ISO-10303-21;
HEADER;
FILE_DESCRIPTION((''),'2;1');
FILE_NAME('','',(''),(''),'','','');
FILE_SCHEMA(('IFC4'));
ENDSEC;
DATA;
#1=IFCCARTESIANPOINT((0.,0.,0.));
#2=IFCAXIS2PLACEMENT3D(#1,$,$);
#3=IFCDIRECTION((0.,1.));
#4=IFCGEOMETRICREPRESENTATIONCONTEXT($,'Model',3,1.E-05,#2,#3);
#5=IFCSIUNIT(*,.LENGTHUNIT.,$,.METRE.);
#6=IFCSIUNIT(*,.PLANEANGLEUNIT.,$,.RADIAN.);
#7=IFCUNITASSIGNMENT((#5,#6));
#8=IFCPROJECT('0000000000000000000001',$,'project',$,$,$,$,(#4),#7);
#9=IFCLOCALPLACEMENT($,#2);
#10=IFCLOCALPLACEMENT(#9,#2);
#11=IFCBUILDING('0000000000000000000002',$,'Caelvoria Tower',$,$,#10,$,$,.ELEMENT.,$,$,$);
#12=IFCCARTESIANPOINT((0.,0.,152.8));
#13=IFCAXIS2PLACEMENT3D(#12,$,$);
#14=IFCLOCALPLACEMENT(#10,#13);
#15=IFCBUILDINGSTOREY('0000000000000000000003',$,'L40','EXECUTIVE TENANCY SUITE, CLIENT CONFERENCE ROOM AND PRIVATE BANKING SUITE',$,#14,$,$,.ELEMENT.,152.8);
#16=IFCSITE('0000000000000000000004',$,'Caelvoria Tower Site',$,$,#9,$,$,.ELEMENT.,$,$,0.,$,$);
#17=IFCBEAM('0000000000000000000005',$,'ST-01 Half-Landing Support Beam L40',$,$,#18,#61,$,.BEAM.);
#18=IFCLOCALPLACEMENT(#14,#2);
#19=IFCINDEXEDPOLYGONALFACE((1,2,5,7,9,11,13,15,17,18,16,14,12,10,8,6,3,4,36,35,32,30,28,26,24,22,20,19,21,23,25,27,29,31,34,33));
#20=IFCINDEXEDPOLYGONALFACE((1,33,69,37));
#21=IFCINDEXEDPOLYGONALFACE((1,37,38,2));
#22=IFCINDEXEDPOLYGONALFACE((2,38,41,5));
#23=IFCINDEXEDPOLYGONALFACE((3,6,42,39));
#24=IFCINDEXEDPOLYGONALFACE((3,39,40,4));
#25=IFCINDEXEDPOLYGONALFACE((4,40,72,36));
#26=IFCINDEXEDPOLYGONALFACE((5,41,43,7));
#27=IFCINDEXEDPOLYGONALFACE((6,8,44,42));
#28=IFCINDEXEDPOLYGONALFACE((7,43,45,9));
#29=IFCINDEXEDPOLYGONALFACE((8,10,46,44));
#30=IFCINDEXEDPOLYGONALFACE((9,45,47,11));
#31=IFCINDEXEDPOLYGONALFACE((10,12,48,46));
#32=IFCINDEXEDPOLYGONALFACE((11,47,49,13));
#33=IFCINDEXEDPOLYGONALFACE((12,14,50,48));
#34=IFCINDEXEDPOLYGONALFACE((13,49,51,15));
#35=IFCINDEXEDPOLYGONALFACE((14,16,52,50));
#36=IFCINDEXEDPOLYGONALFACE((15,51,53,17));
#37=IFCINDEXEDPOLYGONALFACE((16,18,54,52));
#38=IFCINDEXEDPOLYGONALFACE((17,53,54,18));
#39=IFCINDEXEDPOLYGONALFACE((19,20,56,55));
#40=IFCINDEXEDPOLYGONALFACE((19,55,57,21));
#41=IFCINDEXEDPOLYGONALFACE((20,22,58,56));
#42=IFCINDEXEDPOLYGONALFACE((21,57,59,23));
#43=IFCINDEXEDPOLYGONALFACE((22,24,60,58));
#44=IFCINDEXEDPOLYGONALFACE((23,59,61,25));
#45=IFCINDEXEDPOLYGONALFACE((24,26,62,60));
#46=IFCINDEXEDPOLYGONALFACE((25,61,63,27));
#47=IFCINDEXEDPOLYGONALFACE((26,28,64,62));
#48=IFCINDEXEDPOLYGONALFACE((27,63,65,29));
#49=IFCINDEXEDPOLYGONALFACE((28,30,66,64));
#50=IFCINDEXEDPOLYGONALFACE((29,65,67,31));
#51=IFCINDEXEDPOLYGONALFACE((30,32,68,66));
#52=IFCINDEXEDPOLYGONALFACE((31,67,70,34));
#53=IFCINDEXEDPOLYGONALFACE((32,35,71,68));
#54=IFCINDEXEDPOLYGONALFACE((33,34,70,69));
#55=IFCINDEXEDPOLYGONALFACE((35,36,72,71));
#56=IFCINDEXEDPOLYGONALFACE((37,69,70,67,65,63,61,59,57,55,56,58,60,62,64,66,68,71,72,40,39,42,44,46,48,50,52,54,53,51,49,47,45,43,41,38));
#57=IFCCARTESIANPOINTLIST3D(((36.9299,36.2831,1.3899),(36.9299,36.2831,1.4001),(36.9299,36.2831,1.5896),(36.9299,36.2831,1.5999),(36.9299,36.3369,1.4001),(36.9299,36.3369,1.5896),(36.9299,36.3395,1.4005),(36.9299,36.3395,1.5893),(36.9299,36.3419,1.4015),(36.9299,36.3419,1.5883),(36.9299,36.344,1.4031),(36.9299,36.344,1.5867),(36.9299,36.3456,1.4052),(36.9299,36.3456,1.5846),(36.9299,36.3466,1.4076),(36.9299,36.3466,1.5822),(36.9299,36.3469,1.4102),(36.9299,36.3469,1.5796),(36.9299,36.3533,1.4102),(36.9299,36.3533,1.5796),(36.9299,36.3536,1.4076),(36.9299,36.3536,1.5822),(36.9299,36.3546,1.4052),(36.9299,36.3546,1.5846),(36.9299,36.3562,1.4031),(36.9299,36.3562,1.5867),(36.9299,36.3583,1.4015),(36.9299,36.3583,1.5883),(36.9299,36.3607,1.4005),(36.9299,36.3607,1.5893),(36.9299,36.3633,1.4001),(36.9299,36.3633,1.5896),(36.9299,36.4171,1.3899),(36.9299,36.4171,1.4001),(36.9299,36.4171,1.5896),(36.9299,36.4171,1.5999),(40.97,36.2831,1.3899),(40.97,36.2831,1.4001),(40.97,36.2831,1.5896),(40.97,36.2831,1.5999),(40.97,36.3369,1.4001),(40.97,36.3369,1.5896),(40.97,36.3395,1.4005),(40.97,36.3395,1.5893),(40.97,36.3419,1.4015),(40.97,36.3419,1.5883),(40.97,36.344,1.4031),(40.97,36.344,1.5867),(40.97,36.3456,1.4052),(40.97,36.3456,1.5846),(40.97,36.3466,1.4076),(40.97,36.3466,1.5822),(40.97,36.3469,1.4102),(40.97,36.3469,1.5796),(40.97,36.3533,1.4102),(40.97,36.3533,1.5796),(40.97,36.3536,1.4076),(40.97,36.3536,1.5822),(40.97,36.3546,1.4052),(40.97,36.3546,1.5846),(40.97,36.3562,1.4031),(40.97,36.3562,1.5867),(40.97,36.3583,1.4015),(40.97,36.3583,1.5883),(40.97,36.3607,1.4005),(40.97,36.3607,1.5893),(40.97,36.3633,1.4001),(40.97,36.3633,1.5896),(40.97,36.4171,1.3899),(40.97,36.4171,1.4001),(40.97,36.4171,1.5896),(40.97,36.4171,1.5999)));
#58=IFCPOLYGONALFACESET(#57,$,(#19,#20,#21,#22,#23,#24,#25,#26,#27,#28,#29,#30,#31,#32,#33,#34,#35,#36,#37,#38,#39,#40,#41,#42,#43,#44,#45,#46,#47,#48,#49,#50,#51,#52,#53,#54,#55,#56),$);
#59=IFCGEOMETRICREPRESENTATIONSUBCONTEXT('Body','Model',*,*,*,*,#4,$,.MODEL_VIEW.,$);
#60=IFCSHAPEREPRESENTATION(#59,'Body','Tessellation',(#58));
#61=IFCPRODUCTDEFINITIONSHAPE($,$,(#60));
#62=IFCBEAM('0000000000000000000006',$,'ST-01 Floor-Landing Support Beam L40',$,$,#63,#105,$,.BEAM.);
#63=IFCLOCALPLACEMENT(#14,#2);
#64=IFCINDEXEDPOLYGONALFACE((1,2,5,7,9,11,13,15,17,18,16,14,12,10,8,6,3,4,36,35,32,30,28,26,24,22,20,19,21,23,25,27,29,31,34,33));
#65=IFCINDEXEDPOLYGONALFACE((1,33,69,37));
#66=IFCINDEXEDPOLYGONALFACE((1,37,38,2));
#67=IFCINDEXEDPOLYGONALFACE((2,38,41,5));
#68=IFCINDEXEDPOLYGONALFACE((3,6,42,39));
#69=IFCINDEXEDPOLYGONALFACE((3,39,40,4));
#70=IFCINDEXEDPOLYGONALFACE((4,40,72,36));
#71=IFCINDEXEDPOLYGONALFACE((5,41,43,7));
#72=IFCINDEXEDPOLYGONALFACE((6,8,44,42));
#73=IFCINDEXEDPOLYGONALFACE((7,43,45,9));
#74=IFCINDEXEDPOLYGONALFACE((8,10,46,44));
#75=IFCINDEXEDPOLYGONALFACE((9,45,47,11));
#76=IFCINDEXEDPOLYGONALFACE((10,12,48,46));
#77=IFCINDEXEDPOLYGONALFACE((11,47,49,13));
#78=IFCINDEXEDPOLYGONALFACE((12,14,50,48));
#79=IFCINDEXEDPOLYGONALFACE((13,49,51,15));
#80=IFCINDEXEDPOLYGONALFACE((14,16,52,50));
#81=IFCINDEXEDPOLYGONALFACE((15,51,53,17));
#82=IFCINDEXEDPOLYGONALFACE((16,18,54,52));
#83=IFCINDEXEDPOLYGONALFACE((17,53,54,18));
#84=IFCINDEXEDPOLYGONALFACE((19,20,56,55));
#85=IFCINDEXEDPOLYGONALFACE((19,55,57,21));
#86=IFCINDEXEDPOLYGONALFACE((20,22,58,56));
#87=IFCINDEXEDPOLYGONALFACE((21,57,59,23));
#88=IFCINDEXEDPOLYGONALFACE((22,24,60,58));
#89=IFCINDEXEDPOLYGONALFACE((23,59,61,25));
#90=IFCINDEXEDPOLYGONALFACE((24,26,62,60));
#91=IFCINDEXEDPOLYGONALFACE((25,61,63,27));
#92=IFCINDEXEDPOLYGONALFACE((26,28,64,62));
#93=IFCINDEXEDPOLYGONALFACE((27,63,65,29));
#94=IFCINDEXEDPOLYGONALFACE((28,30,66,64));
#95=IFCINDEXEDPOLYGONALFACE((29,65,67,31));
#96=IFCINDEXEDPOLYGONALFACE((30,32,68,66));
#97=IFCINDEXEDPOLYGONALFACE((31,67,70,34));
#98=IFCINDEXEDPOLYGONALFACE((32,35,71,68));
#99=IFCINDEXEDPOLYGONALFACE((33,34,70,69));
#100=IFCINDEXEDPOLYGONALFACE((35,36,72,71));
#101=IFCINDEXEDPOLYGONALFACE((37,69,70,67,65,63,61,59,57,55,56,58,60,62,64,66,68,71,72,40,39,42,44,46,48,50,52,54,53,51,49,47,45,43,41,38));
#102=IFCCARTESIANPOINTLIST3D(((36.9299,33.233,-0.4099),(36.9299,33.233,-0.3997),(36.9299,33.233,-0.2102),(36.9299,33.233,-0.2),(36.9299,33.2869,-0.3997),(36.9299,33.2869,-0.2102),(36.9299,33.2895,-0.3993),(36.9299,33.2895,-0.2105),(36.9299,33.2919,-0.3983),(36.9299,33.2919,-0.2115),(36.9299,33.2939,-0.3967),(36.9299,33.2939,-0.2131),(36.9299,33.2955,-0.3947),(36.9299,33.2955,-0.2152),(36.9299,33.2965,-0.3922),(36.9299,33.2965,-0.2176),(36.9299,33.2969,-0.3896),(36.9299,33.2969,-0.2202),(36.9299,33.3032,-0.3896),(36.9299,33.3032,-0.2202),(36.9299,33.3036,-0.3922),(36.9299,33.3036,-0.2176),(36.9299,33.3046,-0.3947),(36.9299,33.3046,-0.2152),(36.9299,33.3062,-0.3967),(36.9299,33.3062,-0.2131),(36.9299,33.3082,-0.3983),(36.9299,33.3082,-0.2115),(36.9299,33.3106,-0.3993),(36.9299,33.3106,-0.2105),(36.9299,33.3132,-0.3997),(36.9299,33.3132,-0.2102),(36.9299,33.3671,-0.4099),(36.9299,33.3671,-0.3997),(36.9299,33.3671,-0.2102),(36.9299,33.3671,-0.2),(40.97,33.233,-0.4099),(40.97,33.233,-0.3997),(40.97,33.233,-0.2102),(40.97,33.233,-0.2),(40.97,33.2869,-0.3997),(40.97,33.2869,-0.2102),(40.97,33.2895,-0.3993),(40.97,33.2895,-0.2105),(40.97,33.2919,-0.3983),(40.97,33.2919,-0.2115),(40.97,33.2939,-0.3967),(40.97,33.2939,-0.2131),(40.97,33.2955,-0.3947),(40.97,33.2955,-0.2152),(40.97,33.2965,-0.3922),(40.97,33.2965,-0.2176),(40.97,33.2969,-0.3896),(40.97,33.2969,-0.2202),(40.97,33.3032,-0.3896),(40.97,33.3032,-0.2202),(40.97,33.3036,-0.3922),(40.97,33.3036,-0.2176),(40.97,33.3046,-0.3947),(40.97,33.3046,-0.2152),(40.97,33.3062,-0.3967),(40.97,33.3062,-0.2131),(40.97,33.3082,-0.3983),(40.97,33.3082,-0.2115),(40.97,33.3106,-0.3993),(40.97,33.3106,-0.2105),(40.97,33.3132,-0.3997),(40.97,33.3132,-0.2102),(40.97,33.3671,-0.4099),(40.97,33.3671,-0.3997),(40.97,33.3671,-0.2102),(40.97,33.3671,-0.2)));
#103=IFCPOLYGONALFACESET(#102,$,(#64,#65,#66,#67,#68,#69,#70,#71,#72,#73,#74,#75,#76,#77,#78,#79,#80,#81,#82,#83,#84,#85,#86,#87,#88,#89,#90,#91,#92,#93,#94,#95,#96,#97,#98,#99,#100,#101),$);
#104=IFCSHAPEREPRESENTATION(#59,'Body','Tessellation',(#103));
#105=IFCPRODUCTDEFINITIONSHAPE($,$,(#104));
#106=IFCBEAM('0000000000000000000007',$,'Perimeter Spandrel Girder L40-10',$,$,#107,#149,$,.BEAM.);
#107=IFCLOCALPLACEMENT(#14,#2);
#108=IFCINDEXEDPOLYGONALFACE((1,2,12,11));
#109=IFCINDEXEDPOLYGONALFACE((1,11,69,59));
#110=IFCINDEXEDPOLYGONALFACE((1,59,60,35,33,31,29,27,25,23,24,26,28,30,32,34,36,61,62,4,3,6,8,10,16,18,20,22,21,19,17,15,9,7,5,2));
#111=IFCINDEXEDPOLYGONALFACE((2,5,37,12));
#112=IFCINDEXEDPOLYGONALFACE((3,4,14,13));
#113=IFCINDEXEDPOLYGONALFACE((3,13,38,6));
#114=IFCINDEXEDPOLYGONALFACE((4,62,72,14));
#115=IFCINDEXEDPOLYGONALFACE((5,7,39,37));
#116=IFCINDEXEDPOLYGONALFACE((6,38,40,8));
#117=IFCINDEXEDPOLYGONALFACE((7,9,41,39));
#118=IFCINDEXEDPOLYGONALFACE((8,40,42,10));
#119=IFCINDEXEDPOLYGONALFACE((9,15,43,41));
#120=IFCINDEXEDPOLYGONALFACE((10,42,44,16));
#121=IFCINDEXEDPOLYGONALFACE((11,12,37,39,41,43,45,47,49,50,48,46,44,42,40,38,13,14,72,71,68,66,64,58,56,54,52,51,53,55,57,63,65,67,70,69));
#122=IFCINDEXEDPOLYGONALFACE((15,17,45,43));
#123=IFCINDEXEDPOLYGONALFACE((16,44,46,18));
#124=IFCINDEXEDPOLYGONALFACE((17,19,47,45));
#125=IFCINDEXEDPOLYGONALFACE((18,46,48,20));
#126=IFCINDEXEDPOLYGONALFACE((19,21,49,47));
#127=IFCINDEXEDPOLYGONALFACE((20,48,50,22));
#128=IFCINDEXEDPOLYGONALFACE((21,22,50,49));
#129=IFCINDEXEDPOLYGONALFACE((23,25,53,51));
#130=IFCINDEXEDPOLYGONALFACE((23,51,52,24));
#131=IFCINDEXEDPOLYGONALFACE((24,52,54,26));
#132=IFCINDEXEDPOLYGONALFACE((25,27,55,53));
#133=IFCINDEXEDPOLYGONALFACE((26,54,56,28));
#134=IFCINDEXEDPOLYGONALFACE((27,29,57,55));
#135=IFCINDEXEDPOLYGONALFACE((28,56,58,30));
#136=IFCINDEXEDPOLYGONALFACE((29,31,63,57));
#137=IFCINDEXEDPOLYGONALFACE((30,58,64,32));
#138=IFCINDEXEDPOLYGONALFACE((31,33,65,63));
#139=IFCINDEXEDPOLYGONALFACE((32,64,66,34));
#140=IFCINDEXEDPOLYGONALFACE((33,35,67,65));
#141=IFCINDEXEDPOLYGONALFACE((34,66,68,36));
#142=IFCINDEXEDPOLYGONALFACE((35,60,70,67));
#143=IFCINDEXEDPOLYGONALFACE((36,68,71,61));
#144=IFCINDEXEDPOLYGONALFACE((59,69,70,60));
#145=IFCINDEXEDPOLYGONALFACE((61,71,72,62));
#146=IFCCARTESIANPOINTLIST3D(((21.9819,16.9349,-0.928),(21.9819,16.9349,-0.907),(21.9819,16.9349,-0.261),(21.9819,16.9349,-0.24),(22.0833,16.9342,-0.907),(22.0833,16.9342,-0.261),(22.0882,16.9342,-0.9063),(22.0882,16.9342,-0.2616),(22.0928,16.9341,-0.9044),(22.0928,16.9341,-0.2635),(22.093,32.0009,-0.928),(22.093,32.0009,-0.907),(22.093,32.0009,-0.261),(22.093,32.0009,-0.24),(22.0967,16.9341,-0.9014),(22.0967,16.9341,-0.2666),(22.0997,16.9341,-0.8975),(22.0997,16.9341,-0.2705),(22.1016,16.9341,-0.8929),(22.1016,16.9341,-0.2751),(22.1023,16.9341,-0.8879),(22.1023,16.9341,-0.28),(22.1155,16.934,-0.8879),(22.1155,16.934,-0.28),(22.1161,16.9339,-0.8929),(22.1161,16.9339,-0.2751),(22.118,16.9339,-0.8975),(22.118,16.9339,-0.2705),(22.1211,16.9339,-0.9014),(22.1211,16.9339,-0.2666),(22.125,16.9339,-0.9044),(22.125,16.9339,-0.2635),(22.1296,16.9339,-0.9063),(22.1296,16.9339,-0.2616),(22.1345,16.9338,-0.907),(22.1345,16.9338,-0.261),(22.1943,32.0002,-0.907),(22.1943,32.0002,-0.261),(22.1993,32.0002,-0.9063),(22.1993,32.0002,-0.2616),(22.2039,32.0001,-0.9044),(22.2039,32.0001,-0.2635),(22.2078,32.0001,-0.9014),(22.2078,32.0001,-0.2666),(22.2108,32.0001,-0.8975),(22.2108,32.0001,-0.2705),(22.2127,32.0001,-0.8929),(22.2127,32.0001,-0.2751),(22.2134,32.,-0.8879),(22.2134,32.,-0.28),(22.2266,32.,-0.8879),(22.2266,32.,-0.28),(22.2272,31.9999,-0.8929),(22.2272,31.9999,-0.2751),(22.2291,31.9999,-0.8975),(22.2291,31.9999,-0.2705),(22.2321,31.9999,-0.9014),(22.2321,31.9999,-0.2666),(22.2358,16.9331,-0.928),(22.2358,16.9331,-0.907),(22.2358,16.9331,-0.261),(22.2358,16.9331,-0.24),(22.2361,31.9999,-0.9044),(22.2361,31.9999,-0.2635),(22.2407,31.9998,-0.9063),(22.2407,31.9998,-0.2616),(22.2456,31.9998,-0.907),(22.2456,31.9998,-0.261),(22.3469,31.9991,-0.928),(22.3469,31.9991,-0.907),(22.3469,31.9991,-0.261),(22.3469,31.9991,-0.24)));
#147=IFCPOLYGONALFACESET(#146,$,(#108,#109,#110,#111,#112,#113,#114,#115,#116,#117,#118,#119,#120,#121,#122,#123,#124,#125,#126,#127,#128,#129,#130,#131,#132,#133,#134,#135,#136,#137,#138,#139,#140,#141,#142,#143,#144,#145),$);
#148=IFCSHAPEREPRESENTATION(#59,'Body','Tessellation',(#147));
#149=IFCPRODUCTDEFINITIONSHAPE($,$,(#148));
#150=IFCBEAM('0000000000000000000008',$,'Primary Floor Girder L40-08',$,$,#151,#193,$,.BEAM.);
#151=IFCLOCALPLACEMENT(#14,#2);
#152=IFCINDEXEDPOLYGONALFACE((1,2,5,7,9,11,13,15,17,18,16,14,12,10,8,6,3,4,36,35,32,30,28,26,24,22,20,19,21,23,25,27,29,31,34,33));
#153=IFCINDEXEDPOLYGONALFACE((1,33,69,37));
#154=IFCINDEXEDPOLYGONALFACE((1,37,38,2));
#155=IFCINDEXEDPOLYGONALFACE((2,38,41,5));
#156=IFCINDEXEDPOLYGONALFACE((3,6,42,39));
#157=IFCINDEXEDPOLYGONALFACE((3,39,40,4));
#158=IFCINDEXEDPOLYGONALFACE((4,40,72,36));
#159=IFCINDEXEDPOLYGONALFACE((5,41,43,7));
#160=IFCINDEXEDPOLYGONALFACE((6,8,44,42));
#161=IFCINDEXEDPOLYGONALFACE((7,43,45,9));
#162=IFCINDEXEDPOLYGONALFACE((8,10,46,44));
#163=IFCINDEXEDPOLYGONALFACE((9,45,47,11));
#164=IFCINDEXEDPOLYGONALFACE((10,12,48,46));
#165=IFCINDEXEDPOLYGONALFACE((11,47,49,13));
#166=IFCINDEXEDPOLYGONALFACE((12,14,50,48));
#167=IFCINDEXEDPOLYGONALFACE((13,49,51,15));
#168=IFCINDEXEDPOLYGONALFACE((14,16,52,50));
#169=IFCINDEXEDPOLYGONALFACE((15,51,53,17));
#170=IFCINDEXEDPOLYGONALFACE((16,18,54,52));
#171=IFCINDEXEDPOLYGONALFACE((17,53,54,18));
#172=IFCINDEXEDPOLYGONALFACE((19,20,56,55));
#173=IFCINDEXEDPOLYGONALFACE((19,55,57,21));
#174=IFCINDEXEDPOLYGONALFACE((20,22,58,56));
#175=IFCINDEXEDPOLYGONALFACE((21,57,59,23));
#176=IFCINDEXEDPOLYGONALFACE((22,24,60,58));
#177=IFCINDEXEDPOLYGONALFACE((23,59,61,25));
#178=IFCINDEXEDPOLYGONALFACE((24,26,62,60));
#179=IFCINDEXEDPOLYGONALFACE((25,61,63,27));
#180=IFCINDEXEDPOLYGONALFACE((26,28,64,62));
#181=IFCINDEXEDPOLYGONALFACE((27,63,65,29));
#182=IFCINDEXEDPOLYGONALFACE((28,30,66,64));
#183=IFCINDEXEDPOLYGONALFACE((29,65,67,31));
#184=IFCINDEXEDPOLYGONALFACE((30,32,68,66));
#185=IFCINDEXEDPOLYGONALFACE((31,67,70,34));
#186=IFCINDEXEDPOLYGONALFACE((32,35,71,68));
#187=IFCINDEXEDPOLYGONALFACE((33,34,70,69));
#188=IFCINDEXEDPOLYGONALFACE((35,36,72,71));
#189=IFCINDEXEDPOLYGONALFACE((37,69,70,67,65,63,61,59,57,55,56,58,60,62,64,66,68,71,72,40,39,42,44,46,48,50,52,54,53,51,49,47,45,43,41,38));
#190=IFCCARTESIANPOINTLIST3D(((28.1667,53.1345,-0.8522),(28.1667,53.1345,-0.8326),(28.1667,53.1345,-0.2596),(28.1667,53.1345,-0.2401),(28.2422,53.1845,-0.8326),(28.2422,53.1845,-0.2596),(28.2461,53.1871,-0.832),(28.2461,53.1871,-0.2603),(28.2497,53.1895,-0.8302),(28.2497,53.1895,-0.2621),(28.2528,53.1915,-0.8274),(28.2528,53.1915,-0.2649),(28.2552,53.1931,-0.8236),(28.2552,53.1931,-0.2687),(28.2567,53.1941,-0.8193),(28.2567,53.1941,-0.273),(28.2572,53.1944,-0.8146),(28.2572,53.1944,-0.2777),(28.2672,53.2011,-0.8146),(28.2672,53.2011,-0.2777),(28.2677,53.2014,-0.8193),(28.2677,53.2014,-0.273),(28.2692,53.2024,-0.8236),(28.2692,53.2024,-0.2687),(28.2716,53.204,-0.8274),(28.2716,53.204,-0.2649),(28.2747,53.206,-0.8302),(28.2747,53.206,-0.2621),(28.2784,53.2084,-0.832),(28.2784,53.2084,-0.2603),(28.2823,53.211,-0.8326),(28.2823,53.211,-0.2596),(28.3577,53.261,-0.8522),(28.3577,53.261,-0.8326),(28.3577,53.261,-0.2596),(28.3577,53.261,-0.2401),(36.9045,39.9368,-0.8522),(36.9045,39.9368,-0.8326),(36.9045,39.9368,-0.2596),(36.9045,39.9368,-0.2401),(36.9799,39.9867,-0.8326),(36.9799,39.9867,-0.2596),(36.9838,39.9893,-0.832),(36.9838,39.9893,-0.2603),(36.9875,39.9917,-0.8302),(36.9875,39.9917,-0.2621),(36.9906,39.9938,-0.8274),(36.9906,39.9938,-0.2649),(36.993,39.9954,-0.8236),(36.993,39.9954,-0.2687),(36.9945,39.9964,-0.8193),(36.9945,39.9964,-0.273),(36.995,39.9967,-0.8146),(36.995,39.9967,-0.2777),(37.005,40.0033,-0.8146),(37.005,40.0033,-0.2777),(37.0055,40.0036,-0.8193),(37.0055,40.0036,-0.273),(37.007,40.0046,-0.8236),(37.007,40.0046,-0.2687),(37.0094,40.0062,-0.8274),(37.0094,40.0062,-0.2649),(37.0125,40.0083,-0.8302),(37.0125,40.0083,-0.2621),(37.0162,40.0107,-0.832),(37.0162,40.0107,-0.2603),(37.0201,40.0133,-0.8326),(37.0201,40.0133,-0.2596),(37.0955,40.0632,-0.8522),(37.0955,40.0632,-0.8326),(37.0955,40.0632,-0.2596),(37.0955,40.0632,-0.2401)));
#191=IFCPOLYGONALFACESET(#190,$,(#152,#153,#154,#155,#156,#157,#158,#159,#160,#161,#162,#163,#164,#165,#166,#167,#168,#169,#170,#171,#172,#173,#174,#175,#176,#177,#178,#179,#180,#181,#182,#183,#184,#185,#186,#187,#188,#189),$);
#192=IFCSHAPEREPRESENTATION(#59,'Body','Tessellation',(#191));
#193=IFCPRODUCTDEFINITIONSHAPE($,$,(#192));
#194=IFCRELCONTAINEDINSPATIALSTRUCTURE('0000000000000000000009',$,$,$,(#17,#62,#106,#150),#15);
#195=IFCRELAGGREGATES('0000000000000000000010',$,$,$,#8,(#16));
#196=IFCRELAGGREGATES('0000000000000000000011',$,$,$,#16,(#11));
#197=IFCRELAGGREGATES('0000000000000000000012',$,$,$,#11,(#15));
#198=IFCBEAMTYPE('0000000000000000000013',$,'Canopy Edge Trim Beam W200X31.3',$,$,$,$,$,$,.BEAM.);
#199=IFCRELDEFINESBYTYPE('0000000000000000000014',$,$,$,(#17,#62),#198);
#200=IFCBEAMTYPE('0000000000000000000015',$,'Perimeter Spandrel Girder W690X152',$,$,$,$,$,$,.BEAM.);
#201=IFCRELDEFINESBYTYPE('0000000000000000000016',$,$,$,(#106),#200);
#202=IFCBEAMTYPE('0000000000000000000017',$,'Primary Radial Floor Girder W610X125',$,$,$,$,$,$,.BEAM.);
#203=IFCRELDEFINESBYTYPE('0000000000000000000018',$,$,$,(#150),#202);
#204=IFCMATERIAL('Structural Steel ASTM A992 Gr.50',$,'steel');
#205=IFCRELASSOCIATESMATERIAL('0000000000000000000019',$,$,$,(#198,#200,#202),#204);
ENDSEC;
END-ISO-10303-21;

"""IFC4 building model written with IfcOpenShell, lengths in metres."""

from ifc_helpers import new_model, si_unit, direction, frame, origin, origin_2d, place, context, subcontext, project, spatial, i_section, extrude, material, material_profile, profile_set, type_object, element, save


model = new_model("IFC4")

# Units and contexts
model_context = context("Model", 3, precision=1e-05, world=origin(), true_north=direction((0.0, 1.0)))
body_context = subcontext(model_context, "Body", "Model", "MODEL_VIEW")
ifc_project = project(units=[si_unit("LENGTHUNIT", "METRE"), si_unit("PLANEANGLEUNIT", "RADIAN")], contexts=[model_context])

# Site, building, storey
site_placement = place(None, origin())
site = spatial("IfcSite", under=ifc_project, at=site_placement, Name="Caelvoria Tower Site", CompositionType="ELEMENT", RefElevation=0.0)
building_placement = place(site_placement, origin())
building = spatial("IfcBuilding", under=site, at=building_placement, Name="Caelvoria Tower", CompositionType="ELEMENT")
storey_placement = place(building_placement, frame((0.0, 0.0, 152.8)))
storey = spatial("IfcBuildingStorey", under=building, at=storey_placement, Name="L40", Description="EXECUTIVE TENANCY SUITE, CLIENT CONFERENCE ROOM AND PRIVATE BANKING SUITE", CompositionType="ELEMENT", Elevation=152.8)

# Beams
ifc_material_1 = material(Name="Structural Steel ASTM A992 Gr.50", Category="steel")
ifc_material_profile_1 = material_profile(ifc_material_1, i_section(OverallWidth=0.134, OverallDepth=0.21, WebThickness=0.0063, FlangeThickness=0.0103, FilletRadius=0.01, at=origin_2d()), Name="Structural Steel ASTM A992 Gr.50")
ifc_profile_set_1 = profile_set([ifc_material_profile_1], Name="W200X31.3 - Structural Steel ASTM A992 Gr.50")
beam_type_1 = type_object("IfcBeamType", Name="Canopy Edge Trim Beam W200X31.3", PredefinedType="BEAM", material=ifc_profile_set_1)
for number, where, z_axis, x_axis, name in (
    (1, (36.9299, 36.3501, 1.4949), (1.0, 0.0, 0.0), (0.0, 1.0, 0.0), "ST-01 Half-Landing Support Beam L40"),
    (2, (36.9299, 33.3, -0.3049), (1.0, 0.0, 0.0), (0.0, 1.0, 0.0), "ST-01 Floor-Landing Support Beam L40"),
):
    element("IfcBeam", number, at=place(storey_placement, frame(where, z_axis=z_axis, x_axis=x_axis)), inside=storey, type_object=beam_type_1, Name=name, PredefinedType="BEAM", context=body_context, shape_type="SweptSolid", body=[
        extrude(i_section(OverallWidth=0.134, OverallDepth=0.21, WebThickness=0.0063, FlangeThickness=0.0103, FilletRadius=0.01, at=origin_2d()), origin(), (0.0, 0.0, 1.0), 4.04),
    ])
ifc_material_profile_2 = material_profile(ifc_material_1, i_section(OverallWidth=0.2539, OverallDepth=0.688, WebThickness=0.0132, FlangeThickness=0.021, FilletRadius=0.019, at=origin_2d()), Name="Structural Steel ASTM A992 Gr.50")
ifc_profile_set_2 = profile_set([ifc_material_profile_2], Name="W690X152 - Structural Steel ASTM A992 Gr.50")
beam_type_2 = type_object("IfcBeamType", Name="Perimeter Spandrel Girder W690X152", PredefinedType="BEAM", material=ifc_profile_set_2)
beam_1_placement = place(storey_placement, frame((22.22, 32.0, -0.584), z_axis=(-0.007373, -0.999973, 0.0), x_axis=(0.999973, -0.007373, 0.0)))
element("IfcBeam", 3, at=beam_1_placement, inside=storey, type_object=beam_type_2, Name="Perimeter Spandrel Girder L40-10", PredefinedType="BEAM", context=body_context, shape_type="SweptSolid", body=[
    extrude(i_section(OverallWidth=0.2539, OverallDepth=0.688, WebThickness=0.0132, FlangeThickness=0.021, FilletRadius=0.019, at=origin_2d()), origin(), (0.0, 0.0, 1.0), 15.0664),
])
ifc_material_profile_3 = material_profile(ifc_material_1, i_section(OverallWidth=0.229, OverallDepth=0.6121, WebThickness=0.012, FlangeThickness=0.0195, FilletRadius=0.0181, at=origin_2d()), Name="Structural Steel ASTM A992 Gr.50")
ifc_profile_set_3 = profile_set([ifc_material_profile_3], Name="W610X125 - Structural Steel ASTM A992 Gr.50")
beam_type_3 = type_object("IfcBeamType", Name="Primary Radial Floor Girder W610X125", PredefinedType="BEAM", material=ifc_profile_set_3)
beam_2_placement = place(storey_placement, frame((37.0, 40.0, -0.5461), z_axis=(-0.552042, 0.833816, 0.0), x_axis=(-0.833816, -0.552042, 0.0)))
element("IfcBeam", 4, at=beam_2_placement, inside=storey, type_object=beam_type_3, Name="Primary Floor Girder L40-08", PredefinedType="BEAM", context=body_context, shape_type="SweptSolid", body=[
    extrude(i_section(OverallWidth=0.229, OverallDepth=0.6121, WebThickness=0.012, FlangeThickness=0.0195, FilletRadius=0.0181, at=origin_2d()), origin(), (0.0, 0.0, 1.0), 15.8281),
])

save(model, "model.ifc")
